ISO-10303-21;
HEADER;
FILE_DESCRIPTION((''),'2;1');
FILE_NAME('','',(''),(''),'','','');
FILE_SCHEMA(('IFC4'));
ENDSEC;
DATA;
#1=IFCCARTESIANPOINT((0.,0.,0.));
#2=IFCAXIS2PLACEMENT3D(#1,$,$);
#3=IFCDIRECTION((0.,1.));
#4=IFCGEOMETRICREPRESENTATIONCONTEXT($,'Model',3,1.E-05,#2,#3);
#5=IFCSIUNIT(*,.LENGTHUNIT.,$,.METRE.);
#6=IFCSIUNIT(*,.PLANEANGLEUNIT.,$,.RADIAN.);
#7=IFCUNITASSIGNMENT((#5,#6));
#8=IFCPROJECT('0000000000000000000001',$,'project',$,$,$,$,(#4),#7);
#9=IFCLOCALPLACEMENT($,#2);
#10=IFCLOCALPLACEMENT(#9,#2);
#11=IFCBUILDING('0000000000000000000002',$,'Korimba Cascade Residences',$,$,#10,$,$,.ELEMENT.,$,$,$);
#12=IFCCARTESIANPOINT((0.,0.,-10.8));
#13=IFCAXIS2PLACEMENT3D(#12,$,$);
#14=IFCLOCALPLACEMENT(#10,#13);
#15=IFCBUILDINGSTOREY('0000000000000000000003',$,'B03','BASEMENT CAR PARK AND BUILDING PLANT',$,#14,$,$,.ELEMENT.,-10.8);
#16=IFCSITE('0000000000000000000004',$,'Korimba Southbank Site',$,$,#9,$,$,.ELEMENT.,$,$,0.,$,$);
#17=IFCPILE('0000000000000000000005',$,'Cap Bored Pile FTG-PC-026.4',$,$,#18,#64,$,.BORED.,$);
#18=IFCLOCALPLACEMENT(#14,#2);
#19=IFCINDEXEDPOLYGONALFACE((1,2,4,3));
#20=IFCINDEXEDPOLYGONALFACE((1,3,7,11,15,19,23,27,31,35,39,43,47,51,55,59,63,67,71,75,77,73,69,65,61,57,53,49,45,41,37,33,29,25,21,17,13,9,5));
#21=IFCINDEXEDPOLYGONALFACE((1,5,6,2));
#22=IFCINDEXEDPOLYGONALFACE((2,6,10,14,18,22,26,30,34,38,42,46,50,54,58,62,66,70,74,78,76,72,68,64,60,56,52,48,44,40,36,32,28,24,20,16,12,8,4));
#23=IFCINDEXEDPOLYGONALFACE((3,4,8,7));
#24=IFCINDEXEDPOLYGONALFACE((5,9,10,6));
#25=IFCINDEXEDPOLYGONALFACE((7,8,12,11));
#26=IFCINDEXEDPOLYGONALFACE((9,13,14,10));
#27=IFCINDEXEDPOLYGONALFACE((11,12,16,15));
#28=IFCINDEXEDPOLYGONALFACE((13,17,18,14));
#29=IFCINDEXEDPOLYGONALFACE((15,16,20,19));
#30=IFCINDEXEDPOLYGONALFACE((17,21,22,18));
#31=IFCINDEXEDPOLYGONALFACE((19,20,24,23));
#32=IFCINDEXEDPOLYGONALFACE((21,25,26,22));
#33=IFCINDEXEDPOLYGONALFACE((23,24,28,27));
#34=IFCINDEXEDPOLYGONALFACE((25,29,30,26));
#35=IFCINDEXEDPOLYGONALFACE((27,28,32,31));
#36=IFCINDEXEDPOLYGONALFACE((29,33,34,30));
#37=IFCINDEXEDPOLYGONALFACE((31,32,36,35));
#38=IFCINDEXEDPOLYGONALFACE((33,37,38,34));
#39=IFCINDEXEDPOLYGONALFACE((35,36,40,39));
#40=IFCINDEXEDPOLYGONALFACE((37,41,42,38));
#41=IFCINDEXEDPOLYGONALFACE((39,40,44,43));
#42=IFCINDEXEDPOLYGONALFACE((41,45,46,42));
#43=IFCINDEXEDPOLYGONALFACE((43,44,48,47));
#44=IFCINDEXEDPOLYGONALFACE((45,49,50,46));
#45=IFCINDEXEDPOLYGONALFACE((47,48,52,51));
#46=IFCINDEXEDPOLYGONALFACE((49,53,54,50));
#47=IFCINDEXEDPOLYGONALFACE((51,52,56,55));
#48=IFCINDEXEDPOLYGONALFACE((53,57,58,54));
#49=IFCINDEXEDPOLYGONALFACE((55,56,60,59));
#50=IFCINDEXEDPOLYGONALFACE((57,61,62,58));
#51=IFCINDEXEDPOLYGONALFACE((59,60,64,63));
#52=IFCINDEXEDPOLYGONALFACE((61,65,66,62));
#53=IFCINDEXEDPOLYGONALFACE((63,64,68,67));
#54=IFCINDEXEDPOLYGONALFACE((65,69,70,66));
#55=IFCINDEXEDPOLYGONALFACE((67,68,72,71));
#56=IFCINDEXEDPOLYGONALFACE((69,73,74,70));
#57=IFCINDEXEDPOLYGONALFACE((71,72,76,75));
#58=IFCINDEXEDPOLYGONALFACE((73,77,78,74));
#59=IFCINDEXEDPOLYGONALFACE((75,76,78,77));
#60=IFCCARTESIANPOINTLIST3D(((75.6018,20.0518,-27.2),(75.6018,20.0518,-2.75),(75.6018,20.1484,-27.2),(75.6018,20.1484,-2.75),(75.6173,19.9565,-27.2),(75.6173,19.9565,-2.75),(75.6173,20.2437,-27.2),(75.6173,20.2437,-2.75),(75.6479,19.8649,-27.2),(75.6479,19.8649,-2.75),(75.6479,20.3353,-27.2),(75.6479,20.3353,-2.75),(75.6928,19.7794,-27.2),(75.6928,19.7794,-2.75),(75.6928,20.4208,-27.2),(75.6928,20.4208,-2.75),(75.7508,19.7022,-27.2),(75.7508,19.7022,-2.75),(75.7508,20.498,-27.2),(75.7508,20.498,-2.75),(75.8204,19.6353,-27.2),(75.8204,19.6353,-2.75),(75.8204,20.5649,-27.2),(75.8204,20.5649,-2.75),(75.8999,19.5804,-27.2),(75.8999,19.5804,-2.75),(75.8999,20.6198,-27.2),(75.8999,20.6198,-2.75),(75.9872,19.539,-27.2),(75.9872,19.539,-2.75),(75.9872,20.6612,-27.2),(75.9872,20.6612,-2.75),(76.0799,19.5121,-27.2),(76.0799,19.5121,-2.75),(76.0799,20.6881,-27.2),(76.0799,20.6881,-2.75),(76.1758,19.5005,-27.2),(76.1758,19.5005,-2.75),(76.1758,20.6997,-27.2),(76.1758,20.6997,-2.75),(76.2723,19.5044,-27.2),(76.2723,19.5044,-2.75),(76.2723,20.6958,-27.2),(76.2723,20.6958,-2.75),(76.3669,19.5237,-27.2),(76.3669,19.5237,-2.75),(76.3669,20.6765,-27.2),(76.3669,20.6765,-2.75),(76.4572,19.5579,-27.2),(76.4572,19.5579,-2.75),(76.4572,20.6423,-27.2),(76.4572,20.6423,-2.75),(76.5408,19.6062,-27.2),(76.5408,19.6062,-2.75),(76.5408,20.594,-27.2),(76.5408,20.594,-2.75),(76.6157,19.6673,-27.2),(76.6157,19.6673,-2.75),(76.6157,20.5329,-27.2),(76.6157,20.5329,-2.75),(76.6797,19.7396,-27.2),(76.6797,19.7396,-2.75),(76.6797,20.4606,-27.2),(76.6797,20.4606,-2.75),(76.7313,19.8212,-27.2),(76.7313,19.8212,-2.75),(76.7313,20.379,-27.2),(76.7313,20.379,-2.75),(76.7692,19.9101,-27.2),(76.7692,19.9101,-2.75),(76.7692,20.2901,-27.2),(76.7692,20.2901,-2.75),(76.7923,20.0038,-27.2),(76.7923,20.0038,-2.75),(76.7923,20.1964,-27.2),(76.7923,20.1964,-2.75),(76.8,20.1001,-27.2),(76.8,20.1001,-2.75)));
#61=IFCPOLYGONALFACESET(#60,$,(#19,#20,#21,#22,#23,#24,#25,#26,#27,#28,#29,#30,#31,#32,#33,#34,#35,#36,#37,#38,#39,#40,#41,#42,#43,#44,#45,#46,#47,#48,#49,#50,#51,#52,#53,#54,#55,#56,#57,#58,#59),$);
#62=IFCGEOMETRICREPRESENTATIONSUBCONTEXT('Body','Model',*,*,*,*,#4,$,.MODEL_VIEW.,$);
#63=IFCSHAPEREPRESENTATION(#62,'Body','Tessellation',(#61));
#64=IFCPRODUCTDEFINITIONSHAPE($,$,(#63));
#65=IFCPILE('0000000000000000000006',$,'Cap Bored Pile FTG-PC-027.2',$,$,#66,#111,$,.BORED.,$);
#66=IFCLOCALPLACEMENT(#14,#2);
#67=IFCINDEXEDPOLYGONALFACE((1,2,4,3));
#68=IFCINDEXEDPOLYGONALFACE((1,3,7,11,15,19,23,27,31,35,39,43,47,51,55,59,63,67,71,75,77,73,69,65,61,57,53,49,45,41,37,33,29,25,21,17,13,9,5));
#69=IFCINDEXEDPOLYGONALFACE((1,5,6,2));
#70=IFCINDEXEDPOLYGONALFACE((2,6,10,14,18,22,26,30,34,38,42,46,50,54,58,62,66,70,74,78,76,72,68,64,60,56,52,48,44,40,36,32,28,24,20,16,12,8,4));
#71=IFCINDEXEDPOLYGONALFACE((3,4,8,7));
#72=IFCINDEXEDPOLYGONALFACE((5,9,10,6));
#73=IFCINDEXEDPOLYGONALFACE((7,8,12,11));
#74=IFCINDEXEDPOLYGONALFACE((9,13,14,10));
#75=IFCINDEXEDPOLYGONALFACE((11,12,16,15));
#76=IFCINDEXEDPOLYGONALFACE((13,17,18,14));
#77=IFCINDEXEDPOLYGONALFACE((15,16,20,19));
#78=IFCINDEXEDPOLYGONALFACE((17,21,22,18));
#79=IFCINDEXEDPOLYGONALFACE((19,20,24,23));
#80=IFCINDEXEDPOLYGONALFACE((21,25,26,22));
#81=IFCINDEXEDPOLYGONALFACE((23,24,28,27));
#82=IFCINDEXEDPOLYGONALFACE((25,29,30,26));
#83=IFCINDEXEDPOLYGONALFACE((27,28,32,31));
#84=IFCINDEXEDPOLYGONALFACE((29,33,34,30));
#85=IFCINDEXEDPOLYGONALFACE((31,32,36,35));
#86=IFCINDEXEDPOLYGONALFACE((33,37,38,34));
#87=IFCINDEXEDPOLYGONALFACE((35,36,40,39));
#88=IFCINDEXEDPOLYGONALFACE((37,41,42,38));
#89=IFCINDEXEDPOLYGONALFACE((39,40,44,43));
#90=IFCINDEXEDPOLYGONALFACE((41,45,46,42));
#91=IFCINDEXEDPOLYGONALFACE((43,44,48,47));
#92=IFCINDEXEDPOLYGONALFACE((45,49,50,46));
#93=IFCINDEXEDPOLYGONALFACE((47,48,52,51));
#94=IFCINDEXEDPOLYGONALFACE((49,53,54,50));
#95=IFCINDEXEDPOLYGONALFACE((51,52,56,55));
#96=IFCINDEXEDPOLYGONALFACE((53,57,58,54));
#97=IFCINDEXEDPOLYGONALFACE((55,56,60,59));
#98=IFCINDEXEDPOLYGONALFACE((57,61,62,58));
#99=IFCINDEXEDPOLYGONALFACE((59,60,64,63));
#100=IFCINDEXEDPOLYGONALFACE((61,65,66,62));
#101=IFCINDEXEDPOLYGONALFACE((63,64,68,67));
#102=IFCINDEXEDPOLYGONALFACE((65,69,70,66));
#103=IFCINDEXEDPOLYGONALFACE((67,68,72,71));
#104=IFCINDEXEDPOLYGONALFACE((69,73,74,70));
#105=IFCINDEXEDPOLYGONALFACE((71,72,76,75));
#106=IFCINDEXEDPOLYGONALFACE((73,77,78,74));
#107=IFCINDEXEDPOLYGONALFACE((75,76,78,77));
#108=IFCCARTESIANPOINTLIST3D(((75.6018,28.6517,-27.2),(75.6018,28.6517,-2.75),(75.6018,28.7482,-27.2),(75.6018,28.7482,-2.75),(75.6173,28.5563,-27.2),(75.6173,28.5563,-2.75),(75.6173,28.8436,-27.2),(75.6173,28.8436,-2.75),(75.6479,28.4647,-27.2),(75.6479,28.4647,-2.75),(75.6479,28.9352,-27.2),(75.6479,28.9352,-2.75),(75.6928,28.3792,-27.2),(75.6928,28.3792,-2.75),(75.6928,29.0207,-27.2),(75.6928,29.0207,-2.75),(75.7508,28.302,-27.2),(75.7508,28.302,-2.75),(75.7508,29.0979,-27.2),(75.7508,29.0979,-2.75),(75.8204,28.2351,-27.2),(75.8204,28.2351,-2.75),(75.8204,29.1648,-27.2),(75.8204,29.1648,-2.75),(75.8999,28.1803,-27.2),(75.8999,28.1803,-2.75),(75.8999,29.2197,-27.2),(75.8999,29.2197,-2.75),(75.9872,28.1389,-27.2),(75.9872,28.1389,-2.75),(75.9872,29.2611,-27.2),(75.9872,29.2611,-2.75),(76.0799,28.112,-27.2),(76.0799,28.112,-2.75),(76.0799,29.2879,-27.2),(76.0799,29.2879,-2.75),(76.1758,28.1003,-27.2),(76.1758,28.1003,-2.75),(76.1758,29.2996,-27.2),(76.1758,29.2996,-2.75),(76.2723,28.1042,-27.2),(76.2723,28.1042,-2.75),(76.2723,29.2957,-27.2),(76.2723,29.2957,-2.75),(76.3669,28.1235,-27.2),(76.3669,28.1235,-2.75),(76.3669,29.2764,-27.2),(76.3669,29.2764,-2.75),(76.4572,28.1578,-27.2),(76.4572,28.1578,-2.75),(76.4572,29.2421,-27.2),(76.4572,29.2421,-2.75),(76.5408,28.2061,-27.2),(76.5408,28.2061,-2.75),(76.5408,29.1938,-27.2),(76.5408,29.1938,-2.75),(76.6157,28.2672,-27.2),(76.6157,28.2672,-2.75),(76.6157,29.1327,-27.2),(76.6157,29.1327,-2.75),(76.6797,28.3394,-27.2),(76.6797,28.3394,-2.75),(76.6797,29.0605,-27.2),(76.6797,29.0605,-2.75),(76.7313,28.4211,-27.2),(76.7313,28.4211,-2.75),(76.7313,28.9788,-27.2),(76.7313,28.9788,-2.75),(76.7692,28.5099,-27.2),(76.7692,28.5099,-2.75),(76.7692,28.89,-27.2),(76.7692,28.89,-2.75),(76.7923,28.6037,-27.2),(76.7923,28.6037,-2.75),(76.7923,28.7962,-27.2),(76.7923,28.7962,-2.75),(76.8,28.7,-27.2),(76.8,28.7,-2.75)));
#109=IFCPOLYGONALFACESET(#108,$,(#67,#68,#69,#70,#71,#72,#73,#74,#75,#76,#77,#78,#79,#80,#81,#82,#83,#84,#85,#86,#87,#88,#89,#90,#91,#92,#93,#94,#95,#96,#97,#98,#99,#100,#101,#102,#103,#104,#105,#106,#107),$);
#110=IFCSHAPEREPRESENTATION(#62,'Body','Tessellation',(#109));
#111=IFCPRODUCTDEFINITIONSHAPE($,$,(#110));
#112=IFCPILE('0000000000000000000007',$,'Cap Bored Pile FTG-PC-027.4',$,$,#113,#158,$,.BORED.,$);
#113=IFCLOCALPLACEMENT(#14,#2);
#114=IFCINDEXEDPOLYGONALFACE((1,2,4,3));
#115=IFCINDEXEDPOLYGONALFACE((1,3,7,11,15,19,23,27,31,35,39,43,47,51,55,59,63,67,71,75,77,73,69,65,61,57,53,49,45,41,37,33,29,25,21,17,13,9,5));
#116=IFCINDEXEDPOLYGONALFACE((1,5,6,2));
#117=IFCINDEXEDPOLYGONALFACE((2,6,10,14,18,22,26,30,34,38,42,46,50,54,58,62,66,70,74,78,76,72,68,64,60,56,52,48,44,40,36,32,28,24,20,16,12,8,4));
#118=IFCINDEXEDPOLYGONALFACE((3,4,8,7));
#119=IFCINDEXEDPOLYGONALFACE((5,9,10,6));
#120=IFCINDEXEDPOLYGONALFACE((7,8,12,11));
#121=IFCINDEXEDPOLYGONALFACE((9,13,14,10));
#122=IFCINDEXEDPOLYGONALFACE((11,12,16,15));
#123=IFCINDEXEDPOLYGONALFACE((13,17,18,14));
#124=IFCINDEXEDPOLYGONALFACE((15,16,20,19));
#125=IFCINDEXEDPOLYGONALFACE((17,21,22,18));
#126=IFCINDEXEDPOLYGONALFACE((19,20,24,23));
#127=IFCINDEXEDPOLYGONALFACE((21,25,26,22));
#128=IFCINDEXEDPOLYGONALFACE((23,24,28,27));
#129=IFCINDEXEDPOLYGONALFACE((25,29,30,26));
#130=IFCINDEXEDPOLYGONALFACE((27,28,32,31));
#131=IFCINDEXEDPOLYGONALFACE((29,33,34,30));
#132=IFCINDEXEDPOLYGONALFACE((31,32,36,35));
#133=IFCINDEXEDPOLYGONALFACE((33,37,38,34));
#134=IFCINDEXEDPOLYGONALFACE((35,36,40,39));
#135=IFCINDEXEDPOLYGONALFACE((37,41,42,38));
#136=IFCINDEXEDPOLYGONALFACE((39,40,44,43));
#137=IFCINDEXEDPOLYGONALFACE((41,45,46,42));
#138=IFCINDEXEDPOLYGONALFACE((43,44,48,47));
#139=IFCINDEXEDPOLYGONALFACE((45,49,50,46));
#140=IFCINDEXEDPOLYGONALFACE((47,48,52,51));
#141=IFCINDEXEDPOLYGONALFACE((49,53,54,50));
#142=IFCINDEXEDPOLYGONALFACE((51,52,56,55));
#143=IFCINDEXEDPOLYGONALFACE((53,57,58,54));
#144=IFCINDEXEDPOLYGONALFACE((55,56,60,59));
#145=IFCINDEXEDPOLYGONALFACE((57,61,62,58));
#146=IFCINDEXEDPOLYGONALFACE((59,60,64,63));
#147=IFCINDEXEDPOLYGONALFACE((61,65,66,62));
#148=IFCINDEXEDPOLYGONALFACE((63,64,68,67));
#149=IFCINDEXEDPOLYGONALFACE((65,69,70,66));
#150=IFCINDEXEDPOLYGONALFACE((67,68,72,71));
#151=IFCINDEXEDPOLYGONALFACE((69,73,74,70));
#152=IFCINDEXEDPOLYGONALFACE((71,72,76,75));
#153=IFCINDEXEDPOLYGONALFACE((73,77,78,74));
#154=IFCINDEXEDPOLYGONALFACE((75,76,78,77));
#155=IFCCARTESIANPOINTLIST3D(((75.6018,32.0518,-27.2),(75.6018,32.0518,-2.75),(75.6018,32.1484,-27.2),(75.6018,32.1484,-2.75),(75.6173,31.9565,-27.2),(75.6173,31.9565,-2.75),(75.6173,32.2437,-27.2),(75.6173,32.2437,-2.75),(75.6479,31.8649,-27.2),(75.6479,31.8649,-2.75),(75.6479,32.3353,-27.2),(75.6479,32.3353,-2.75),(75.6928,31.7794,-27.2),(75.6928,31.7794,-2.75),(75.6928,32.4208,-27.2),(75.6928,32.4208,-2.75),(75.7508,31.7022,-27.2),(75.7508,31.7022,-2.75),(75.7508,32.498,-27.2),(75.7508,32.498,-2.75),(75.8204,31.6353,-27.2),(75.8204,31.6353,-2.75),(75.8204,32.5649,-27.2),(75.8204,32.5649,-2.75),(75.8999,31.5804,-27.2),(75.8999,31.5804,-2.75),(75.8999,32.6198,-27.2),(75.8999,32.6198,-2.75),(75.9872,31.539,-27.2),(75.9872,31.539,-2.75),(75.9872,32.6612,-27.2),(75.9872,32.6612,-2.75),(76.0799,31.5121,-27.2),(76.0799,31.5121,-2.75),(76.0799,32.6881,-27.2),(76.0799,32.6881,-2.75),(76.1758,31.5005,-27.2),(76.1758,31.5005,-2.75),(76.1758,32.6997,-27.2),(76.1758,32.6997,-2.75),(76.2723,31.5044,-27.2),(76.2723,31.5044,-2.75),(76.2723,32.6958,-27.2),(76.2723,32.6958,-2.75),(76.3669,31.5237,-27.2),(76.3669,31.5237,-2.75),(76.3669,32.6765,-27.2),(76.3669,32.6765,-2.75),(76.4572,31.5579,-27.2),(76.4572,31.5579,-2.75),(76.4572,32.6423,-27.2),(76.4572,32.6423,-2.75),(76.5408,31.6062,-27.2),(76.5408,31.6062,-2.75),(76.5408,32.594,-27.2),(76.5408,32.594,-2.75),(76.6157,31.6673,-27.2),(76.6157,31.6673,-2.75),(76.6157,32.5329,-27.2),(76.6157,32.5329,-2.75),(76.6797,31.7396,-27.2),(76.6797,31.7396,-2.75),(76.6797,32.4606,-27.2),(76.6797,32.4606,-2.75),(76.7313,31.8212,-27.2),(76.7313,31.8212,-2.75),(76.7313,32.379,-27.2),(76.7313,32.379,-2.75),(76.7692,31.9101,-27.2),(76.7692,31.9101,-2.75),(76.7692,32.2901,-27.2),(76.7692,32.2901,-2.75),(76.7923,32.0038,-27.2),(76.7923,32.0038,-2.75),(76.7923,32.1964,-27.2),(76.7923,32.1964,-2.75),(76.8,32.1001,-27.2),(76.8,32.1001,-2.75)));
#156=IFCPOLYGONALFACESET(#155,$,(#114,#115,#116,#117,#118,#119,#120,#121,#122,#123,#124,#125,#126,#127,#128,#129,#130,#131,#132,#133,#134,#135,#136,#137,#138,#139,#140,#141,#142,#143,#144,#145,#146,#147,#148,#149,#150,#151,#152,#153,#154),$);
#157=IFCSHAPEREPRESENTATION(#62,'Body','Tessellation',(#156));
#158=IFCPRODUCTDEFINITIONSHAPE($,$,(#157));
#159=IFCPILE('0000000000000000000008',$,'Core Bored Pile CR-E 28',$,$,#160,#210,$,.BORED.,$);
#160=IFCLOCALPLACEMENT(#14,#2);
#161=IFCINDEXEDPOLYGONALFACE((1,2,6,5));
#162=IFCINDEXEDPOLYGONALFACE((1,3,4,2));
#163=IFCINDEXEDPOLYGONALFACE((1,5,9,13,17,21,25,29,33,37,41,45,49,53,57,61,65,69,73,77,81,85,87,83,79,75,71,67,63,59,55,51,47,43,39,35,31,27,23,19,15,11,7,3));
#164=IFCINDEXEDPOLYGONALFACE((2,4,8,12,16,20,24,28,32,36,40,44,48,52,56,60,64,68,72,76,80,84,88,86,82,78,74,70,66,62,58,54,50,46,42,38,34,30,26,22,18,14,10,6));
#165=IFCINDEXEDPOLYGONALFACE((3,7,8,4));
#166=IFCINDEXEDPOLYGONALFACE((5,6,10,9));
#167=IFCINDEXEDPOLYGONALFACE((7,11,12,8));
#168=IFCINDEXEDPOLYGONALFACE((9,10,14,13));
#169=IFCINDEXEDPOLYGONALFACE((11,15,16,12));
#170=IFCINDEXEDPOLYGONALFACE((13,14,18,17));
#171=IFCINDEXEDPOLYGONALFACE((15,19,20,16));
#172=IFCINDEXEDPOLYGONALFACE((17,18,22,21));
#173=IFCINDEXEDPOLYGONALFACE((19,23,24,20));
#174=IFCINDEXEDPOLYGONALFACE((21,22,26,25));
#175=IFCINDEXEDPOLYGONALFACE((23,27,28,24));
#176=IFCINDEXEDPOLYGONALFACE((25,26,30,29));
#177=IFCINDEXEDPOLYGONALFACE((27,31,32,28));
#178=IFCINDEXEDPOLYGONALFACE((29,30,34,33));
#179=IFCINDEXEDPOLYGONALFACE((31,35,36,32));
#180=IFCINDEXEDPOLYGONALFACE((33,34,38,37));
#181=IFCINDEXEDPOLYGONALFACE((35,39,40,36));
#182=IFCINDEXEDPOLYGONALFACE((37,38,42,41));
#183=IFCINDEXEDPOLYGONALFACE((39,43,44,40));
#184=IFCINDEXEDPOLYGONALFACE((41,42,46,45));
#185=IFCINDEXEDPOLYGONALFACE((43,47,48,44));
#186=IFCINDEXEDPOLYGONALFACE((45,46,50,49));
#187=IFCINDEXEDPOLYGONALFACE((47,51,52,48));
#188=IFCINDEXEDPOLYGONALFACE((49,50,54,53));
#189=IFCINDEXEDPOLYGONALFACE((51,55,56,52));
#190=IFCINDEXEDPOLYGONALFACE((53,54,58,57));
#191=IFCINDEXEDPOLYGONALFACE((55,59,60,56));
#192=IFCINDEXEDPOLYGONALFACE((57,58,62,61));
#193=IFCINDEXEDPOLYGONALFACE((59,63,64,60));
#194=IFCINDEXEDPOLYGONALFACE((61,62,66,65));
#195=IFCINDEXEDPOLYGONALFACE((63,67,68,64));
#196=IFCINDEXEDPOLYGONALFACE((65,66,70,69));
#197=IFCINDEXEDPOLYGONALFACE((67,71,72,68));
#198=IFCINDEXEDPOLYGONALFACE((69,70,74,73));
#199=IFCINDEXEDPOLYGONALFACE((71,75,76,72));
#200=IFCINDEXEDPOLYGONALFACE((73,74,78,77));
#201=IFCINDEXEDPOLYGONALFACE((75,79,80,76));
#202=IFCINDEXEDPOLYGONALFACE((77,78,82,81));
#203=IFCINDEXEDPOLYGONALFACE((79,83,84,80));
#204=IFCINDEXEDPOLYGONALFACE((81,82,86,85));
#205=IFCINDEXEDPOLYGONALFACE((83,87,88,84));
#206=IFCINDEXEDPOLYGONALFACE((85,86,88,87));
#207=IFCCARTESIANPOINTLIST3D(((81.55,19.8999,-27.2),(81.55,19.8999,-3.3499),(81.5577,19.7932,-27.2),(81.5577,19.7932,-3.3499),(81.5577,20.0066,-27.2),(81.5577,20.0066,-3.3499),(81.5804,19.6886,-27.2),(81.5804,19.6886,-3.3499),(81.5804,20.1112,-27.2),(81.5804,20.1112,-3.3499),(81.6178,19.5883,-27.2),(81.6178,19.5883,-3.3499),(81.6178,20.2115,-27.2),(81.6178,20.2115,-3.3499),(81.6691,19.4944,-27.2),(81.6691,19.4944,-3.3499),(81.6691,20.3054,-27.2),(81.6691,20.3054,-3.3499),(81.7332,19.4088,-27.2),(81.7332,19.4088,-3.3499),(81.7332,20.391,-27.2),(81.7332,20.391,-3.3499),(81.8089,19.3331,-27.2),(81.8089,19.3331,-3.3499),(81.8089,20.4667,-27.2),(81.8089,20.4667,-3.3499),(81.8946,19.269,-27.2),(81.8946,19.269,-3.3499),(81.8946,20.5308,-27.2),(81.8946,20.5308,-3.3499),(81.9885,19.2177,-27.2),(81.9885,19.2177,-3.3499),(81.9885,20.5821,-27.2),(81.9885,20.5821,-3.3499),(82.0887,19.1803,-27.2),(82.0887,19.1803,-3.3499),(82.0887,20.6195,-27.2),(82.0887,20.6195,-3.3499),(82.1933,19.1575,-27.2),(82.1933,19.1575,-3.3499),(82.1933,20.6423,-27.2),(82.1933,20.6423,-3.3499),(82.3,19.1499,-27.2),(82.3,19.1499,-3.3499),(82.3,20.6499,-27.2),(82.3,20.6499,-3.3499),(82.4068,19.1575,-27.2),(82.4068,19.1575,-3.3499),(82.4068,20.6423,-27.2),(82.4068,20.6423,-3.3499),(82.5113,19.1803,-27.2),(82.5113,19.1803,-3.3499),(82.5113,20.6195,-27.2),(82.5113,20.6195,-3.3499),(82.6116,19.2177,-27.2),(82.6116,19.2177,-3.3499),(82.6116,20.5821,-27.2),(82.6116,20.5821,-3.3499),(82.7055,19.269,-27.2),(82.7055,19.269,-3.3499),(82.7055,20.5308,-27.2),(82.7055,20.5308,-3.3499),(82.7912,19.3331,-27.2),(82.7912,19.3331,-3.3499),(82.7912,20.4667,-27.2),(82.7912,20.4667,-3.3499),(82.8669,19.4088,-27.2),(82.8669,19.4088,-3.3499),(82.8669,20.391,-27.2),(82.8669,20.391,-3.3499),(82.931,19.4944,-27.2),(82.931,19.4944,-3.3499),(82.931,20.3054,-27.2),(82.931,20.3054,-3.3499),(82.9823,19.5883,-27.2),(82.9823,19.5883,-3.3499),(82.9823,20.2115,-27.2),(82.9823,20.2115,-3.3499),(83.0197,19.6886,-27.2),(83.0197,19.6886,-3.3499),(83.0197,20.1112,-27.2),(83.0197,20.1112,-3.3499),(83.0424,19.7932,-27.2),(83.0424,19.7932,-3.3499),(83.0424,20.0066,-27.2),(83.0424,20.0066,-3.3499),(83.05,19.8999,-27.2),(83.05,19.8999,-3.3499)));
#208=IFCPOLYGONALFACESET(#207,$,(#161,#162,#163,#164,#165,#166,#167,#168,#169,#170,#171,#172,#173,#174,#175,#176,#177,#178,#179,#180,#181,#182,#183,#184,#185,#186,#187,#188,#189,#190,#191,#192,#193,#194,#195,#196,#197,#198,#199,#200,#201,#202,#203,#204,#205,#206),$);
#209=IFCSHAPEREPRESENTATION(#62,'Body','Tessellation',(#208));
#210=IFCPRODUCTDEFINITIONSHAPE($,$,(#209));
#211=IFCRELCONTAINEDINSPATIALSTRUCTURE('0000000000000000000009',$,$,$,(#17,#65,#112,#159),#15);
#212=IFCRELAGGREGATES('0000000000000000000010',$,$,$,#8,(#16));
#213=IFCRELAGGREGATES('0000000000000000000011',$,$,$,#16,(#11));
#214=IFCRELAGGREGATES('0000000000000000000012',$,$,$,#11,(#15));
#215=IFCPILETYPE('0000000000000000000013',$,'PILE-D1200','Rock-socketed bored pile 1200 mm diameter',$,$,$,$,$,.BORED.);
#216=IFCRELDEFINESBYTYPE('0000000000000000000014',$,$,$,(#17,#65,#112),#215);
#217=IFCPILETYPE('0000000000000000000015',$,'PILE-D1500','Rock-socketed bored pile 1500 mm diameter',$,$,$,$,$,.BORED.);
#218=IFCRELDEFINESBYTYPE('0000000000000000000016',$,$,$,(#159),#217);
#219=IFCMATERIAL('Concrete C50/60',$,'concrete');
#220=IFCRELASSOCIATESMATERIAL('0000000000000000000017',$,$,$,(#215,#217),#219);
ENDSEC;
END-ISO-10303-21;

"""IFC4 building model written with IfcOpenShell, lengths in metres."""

from ifc_helpers import new_model, si_unit, direction, frame, origin, origin_2d, place, context, subcontext, project, spatial, circle, extrude, material, material_profile, profile_set, type_object, element, save


model = new_model("IFC4")

# Units and contexts
model_context = context("Model", 3, precision=1e-05, world=origin(), true_north=direction((0.0, 1.0)))
body_context = subcontext(model_context, "Body", "Model", "MODEL_VIEW")
ifc_project = project(units=[si_unit("LENGTHUNIT", "METRE"), si_unit("PLANEANGLEUNIT", "RADIAN")], contexts=[model_context])

# Site, building, storey
site_placement = place(None, origin())
site = spatial("IfcSite", under=ifc_project, at=site_placement, Name="Korimba Southbank Site", CompositionType="ELEMENT", RefElevation=0.0)
building_placement = place(site_placement, origin())
building = spatial("IfcBuilding", under=site, at=building_placement, Name="Korimba Cascade Residences", CompositionType="ELEMENT")
storey_placement = place(building_placement, frame((0.0, 0.0, -10.8)))
storey = spatial("IfcBuildingStorey", under=building, at=storey_placement, Name="B03", Description="BASEMENT CAR PARK AND BUILDING PLANT", CompositionType="ELEMENT", Elevation=-10.8)

# Piles
ifc_material_1 = material(Name="Concrete C50/60", Category="concrete")
ifc_material_profile_1 = material_profile(ifc_material_1, circle(Radius=0.6001, at=origin_2d()), Name="Concrete C50/60")
ifc_profile_set_1 = profile_set([ifc_material_profile_1], Name="Concrete C50/60")
pile_type_1 = type_object("IfcPileType", Name="PILE-D1200", Description="Rock-socketed bored pile 1200 mm diameter", PredefinedType="BORED", material=ifc_profile_set_1)
for number, where, z_axis, x_axis, name in (
    (1, (76.2, 20.1001, -2.75), (0.0, 0.0, -1.0), (1.0, 0.0, 0.0), "Cap Bored Pile FTG-PC-026.4"),
    (2, (76.2, 28.7, -2.75), (0.0, 0.0, -1.0), (1.0, 0.0, 0.0), "Cap Bored Pile FTG-PC-027.2"),
    (3, (76.2, 32.1001, -2.75), (0.0, 0.0, -1.0), (1.0, 0.0, 0.0), "Cap Bored Pile FTG-PC-027.4"),
):
    element("IfcPile", number, at=place(storey_placement, frame(where, z_axis=z_axis, x_axis=x_axis)), inside=storey, type_object=pile_type_1, Name=name, PredefinedType="BORED", context=body_context, shape_type="SweptSolid", body=[
        extrude(circle(Radius=0.6001, at=origin_2d()), origin(), (0.0, 0.0, 1.0), 24.45),
    ])
ifc_material_profile_2 = material_profile(ifc_material_1, circle(Radius=0.75, at=origin_2d()), Name="Concrete C50/60")
ifc_profile_set_2 = profile_set([ifc_material_profile_2], Name="Concrete C50/60")
pile_type_2 = type_object("IfcPileType", Name="PILE-D1500", Description="Rock-socketed bored pile 1500 mm diameter", PredefinedType="BORED", material=ifc_profile_set_2)
for number, where, z_axis, x_axis, name in (
    (4, (82.3, 19.8999, -3.3499), (0.0, 0.0, -1.0), (1.0, 0.0, 0.0), "Core Bored Pile CR-E 28"),
):
    element("IfcPile", number, at=place(storey_placement, frame(where, z_axis=z_axis, x_axis=x_axis)), inside=storey, type_object=pile_type_2, Name=name, PredefinedType="BORED", context=body_context, shape_type="SweptSolid", body=[
        extrude(circle(Radius=0.75, at=origin_2d()), origin(), (0.0, 0.0, 1.0), 23.8501),
    ])

save(model, "model.ifc")
